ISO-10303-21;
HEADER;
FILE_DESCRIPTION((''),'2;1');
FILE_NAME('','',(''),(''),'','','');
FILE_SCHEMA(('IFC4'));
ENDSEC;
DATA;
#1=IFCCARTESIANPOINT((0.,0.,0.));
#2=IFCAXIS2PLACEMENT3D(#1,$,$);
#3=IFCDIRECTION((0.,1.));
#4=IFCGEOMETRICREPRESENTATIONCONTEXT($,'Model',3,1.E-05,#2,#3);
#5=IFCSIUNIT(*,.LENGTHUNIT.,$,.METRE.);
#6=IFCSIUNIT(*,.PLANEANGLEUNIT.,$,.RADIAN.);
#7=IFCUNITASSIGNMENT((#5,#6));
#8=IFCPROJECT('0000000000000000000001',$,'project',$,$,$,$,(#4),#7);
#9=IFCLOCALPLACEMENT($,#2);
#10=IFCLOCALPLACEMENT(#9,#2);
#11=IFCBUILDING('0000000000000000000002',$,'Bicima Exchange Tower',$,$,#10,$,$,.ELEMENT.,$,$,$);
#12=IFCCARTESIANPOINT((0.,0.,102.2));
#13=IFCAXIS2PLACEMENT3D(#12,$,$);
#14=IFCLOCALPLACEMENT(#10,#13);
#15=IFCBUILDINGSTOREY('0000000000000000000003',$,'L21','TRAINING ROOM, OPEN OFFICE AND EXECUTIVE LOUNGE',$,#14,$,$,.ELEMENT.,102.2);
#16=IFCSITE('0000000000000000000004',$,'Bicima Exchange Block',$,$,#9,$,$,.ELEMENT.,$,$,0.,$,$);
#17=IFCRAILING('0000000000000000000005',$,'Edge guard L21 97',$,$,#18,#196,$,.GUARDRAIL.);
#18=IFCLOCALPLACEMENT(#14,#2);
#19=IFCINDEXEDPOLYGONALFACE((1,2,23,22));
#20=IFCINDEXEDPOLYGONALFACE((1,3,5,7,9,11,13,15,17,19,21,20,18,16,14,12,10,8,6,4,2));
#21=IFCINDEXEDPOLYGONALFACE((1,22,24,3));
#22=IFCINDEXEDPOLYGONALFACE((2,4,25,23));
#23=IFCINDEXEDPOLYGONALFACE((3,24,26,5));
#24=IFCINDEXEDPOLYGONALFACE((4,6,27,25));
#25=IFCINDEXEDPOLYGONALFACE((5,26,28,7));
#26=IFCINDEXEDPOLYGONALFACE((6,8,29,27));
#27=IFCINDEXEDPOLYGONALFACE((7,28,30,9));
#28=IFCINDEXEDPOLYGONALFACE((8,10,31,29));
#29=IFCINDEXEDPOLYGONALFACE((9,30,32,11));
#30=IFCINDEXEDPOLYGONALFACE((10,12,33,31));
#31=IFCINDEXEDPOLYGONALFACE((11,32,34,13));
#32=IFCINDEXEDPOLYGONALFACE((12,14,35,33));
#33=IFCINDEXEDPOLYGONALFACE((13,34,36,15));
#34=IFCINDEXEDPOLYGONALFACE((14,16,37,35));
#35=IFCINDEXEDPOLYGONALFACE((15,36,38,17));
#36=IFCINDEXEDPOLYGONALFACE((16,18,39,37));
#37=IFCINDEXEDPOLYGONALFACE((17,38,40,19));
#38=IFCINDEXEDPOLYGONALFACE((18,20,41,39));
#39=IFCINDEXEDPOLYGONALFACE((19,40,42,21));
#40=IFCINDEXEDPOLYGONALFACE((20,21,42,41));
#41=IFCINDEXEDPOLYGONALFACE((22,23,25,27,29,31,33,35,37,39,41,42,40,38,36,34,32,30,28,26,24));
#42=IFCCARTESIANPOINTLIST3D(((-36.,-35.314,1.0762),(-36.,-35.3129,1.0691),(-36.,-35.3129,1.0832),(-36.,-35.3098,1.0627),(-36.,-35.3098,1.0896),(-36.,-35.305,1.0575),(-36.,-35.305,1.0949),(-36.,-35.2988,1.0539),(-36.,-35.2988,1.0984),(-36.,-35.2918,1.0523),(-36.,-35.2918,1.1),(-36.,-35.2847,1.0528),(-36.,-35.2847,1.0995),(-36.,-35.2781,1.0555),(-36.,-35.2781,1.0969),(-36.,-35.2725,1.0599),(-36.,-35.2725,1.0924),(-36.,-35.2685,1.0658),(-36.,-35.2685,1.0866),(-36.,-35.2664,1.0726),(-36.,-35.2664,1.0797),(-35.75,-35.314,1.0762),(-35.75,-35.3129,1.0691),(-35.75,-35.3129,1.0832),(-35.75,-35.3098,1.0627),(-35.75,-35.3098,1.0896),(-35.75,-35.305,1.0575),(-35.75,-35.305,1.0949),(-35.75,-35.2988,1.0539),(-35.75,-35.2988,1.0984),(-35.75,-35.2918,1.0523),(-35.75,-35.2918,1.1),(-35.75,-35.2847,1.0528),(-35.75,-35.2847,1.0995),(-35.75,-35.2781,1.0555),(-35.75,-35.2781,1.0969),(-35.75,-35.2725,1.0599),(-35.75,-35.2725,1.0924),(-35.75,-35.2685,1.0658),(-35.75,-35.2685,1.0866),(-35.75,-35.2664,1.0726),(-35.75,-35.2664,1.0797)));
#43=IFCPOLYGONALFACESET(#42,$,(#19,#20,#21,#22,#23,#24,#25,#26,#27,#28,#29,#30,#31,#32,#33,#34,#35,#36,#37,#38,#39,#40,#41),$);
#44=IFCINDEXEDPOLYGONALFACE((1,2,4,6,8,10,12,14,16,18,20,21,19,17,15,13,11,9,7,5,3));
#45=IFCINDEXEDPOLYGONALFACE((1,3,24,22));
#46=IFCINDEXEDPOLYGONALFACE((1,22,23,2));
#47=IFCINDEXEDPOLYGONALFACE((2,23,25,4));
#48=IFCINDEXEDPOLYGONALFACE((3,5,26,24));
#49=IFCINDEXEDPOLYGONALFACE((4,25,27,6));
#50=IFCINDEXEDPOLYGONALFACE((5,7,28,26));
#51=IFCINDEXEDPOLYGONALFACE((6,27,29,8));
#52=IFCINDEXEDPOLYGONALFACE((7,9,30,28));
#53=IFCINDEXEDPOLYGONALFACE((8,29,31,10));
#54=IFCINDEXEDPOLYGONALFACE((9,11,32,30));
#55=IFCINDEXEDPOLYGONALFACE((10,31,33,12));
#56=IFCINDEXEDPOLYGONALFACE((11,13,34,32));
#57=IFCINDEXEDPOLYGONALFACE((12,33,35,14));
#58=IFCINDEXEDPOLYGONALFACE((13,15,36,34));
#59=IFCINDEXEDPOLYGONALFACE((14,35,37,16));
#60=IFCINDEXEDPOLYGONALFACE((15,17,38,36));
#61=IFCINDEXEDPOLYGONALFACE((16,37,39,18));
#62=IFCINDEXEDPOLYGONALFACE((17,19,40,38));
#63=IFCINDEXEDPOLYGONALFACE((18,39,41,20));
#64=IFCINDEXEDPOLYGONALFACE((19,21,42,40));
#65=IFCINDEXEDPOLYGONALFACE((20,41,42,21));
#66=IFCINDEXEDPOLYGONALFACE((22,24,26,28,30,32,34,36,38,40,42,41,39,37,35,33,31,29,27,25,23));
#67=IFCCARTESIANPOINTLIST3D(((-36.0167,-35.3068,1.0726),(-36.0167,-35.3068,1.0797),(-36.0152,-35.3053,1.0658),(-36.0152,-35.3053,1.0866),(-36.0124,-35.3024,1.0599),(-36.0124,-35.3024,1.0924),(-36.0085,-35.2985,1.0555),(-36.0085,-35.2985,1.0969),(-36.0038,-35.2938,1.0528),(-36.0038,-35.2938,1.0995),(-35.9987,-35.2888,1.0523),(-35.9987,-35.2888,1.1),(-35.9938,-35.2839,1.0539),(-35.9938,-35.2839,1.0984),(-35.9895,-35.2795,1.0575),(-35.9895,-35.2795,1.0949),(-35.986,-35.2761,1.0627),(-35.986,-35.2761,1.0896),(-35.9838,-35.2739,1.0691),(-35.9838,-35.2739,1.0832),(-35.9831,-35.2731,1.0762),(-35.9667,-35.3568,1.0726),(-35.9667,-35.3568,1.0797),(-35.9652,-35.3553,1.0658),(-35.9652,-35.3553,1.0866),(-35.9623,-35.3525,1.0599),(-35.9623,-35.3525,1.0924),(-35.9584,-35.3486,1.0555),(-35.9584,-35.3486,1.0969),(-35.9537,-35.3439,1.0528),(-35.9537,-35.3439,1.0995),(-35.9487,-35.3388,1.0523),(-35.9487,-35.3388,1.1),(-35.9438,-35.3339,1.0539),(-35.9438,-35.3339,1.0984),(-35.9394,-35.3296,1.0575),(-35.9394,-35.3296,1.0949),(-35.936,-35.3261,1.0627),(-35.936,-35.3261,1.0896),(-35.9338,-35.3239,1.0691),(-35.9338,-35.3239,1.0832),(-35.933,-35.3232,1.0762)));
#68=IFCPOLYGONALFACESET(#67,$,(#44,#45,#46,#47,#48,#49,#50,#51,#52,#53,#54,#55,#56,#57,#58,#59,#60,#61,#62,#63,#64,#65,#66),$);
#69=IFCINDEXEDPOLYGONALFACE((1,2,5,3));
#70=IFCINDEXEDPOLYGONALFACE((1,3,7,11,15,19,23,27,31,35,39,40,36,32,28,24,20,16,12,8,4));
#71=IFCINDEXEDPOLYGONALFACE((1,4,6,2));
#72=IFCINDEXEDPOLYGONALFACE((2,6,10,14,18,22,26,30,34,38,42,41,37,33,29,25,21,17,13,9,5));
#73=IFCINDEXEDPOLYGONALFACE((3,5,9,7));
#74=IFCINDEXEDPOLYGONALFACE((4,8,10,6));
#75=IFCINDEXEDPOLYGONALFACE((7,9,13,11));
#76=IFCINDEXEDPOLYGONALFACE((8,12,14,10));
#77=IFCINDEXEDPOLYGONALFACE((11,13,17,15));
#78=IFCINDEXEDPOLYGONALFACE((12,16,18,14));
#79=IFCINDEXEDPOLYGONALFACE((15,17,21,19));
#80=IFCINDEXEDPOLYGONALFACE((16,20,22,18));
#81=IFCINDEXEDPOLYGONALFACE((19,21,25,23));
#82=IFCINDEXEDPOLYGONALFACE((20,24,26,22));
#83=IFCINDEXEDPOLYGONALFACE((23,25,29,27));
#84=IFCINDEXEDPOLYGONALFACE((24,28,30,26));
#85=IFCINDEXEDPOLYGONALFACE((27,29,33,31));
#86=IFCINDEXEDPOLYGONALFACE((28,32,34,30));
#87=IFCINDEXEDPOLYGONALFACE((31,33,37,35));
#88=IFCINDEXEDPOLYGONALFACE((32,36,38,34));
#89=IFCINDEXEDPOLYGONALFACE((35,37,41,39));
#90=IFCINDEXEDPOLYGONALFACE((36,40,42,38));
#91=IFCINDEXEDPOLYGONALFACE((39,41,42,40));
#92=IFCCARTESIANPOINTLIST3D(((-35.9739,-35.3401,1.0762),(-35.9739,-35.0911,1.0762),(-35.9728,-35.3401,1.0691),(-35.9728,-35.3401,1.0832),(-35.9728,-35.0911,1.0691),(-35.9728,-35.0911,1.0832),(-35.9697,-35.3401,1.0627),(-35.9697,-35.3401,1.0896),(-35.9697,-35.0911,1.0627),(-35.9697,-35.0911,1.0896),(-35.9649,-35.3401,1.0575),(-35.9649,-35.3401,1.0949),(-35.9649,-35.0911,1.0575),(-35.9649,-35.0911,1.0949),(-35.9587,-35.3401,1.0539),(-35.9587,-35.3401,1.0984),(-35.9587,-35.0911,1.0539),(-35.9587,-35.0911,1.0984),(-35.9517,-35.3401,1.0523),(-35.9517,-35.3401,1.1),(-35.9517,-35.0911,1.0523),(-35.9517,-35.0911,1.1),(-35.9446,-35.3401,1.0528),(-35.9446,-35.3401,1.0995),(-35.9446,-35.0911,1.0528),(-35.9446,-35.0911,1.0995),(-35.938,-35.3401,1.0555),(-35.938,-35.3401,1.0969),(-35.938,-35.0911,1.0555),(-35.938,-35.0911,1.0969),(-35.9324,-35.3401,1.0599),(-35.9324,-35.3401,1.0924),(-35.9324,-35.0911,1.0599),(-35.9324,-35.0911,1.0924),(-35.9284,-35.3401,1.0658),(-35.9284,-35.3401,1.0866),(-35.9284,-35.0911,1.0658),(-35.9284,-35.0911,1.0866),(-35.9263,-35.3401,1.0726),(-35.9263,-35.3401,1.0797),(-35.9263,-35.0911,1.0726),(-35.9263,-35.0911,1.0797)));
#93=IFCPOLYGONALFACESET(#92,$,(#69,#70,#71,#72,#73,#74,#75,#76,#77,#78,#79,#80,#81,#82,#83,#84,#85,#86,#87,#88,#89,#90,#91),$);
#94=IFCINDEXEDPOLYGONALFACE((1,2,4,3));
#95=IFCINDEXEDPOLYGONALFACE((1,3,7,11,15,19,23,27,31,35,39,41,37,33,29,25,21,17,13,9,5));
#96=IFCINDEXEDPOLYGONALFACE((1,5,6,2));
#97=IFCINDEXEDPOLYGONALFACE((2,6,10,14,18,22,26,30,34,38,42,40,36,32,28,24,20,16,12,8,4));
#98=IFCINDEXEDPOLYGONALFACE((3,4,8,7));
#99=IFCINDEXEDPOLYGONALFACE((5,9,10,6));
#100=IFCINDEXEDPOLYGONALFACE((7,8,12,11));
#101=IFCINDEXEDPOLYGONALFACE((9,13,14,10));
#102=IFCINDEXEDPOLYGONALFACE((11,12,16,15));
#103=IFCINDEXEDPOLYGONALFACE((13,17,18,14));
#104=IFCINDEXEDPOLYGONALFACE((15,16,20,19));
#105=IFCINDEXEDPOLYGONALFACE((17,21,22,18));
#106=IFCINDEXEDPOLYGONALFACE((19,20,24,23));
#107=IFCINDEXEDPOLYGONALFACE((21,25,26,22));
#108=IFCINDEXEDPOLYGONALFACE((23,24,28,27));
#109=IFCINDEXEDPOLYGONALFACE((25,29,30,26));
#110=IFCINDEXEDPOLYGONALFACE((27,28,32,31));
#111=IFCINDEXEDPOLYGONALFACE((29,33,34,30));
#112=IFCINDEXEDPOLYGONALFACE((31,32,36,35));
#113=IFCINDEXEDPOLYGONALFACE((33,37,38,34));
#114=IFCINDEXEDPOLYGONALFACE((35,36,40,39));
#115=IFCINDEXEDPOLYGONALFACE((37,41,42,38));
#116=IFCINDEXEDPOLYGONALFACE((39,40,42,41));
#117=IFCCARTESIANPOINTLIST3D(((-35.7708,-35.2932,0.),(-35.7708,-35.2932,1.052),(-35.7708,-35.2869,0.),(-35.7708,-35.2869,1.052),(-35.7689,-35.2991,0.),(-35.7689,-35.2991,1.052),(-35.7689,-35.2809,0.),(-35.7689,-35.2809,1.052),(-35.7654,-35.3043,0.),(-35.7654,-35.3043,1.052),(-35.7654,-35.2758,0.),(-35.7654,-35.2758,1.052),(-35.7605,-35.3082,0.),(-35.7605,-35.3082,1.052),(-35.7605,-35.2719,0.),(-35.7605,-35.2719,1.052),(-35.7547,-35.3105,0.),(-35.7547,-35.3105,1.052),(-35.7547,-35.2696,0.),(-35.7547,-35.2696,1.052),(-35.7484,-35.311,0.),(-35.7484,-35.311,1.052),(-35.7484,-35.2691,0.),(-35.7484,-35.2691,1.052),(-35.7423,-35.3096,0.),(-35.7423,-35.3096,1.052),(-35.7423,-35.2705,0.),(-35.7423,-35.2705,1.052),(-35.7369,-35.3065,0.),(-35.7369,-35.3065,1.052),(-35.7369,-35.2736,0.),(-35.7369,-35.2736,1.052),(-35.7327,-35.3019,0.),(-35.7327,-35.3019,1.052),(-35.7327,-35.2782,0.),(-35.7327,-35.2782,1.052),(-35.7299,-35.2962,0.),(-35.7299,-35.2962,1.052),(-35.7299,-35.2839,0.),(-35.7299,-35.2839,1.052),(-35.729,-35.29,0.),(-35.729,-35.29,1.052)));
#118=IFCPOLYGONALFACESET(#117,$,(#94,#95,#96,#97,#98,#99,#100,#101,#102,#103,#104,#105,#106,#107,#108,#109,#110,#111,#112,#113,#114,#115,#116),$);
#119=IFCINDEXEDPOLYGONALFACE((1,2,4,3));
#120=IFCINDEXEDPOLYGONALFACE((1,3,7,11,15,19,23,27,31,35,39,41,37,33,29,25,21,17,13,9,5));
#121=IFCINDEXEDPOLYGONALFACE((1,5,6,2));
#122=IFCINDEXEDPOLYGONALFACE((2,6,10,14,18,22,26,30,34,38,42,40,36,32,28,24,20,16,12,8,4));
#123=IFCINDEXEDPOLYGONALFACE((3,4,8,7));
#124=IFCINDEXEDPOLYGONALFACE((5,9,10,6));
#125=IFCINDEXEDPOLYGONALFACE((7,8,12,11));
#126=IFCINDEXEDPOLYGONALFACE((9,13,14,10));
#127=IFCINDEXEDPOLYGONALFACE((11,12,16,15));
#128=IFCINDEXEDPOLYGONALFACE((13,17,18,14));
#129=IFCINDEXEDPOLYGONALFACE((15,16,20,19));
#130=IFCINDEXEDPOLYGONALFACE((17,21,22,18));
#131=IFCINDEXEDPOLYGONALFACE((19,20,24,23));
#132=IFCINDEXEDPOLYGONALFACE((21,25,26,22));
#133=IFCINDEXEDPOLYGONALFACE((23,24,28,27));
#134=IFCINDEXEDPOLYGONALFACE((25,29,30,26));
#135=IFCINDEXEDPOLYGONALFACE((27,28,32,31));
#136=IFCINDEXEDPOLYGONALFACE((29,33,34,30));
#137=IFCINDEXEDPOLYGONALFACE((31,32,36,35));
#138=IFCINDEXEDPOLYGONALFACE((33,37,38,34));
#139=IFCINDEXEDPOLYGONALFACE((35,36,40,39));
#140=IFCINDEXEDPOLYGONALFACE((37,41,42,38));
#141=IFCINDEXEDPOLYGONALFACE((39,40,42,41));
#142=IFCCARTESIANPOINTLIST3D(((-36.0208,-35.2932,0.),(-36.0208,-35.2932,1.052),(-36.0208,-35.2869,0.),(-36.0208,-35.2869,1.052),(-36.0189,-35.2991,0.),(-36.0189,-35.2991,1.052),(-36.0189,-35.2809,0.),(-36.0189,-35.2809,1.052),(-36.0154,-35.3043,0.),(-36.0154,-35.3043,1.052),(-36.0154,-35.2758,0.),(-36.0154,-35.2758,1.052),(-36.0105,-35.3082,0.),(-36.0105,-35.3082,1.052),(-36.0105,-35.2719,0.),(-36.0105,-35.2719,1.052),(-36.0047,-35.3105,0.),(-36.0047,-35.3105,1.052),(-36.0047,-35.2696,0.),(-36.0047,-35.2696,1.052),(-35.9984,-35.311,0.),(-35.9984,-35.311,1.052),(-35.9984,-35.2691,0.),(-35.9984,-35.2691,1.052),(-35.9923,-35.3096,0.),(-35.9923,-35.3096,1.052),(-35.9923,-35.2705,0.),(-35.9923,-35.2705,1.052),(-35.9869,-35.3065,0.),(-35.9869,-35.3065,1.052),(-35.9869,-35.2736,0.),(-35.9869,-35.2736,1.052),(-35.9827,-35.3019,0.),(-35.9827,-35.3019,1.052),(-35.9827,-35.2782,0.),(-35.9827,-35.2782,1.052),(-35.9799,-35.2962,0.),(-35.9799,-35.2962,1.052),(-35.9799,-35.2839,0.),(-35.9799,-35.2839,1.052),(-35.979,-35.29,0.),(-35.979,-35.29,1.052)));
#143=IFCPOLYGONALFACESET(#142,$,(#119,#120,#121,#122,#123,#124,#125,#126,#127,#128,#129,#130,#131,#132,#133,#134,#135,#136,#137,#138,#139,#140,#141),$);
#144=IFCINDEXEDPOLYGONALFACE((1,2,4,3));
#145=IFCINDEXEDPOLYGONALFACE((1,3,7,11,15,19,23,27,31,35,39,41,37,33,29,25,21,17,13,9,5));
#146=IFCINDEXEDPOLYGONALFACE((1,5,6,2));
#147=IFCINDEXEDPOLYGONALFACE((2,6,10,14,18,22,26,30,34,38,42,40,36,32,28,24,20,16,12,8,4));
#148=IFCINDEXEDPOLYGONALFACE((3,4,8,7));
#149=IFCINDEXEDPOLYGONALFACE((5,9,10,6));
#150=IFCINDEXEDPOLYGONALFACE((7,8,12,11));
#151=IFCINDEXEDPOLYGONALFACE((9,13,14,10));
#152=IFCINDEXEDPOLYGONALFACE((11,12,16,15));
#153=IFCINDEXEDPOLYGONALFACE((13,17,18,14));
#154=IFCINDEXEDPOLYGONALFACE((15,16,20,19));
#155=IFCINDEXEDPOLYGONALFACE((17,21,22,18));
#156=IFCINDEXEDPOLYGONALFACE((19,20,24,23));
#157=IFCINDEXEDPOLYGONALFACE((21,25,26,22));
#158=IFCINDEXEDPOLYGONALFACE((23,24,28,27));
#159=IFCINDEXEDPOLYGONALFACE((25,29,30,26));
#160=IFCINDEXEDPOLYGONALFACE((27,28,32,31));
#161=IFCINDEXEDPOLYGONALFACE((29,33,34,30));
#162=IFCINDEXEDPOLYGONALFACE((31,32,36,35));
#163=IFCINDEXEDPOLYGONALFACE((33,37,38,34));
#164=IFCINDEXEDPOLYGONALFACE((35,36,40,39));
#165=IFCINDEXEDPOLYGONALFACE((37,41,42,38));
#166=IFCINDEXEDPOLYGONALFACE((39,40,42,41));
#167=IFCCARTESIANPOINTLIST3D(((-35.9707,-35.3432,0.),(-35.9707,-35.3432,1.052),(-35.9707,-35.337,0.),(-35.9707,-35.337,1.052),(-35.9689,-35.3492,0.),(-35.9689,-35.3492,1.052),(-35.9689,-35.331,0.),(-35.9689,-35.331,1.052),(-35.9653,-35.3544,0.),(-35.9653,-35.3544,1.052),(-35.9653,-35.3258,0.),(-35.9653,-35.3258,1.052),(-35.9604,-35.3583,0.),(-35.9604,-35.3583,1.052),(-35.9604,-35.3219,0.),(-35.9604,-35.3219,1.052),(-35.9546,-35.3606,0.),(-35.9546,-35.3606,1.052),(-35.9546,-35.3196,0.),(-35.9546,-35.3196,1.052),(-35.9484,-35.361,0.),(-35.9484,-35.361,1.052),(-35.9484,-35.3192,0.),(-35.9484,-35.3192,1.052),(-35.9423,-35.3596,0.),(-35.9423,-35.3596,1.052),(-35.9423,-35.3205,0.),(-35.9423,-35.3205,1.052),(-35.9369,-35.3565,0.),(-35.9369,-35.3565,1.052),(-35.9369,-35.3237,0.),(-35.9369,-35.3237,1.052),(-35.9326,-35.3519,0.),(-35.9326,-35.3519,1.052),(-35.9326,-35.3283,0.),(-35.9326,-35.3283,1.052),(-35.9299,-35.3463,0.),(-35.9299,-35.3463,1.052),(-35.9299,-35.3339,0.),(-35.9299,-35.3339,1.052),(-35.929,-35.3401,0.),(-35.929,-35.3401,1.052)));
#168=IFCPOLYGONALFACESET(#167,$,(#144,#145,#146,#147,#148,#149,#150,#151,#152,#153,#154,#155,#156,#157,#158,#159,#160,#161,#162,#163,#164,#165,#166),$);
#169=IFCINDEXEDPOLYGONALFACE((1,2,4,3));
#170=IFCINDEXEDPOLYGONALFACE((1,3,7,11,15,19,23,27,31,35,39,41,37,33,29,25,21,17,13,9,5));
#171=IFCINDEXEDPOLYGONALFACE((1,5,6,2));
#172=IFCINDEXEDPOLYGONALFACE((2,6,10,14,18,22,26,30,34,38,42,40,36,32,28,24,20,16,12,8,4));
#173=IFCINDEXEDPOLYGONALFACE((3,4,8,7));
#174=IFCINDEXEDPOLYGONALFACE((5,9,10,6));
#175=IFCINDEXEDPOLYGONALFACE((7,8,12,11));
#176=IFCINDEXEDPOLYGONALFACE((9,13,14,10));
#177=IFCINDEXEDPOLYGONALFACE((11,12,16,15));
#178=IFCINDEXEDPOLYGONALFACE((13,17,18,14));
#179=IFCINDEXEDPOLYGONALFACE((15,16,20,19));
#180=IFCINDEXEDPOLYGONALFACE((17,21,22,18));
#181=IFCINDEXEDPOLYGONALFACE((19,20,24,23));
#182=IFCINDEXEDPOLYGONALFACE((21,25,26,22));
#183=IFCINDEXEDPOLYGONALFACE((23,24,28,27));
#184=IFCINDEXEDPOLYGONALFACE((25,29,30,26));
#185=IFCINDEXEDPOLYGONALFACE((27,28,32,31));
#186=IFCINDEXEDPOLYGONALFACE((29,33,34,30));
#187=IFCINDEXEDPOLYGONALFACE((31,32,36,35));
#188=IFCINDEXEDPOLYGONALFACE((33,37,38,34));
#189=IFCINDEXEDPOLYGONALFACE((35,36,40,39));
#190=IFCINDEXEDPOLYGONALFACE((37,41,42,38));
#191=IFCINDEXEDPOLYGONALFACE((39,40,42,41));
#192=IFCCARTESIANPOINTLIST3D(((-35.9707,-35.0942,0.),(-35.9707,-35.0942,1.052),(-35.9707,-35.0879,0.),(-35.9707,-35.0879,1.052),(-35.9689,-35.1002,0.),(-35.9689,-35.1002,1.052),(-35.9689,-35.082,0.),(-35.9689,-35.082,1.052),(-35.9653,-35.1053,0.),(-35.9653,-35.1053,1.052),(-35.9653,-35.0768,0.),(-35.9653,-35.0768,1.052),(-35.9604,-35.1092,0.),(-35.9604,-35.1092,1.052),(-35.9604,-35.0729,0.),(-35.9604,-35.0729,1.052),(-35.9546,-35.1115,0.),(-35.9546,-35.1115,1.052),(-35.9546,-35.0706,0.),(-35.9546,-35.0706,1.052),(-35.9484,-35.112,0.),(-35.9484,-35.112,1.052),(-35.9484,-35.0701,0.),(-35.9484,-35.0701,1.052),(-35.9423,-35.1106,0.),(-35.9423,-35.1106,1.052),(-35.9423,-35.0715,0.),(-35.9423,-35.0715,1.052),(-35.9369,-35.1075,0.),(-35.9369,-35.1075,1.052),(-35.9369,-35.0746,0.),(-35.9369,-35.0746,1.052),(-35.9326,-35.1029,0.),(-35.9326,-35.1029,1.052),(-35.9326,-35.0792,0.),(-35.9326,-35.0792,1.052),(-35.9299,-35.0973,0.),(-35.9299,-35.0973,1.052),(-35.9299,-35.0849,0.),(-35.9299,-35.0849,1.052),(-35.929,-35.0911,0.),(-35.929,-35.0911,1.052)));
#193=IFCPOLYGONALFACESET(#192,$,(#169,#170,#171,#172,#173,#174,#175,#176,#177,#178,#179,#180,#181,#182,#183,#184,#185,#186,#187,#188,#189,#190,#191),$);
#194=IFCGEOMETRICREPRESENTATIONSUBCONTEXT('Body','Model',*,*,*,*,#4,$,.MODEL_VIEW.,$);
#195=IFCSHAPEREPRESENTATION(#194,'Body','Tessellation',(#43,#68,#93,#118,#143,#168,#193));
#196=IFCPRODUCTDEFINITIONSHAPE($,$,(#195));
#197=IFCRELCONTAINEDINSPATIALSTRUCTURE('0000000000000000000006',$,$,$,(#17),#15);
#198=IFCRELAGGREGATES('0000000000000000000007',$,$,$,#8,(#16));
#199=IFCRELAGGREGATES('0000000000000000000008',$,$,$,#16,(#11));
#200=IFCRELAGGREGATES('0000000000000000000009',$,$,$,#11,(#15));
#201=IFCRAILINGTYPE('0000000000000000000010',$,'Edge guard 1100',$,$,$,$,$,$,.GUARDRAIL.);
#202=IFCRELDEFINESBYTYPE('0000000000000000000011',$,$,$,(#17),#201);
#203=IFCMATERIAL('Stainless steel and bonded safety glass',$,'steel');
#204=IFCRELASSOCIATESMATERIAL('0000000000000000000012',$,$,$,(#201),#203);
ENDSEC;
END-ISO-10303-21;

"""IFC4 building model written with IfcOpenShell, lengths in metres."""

from ifc_helpers import new_model, si_unit, direction, frame, origin, origin_2d, place, context, subcontext, project, spatial, circle, extrude, material, type_object, element, save


model = new_model("IFC4")

# Units and contexts
model_context = context("Model", 3, precision=1e-05, world=origin(), true_north=direction((0.0, 1.0)))
body_context = subcontext(model_context, "Body", "Model", "MODEL_VIEW")
ifc_project = project(units=[si_unit("LENGTHUNIT", "METRE"), si_unit("PLANEANGLEUNIT", "RADIAN")], contexts=[model_context])

# Site, building, storey
site_placement = place(None, origin())
site = spatial("IfcSite", under=ifc_project, at=site_placement, Name="Bicima Exchange Block", CompositionType="ELEMENT", RefElevation=0.0)
building_placement = place(site_placement, origin())
building = spatial("IfcBuilding", under=site, at=building_placement, Name="Bicima Exchange Tower", CompositionType="ELEMENT")
storey_placement = place(building_placement, frame((0.0, 0.0, 102.2)))
storey = spatial("IfcBuildingStorey", under=building, at=storey_placement, Name="L21", Description="TRAINING ROOM, OPEN OFFICE AND EXECUTIVE LOUNGE", CompositionType="ELEMENT", Elevation=102.2)

# Railing
ifc_material_1 = material(Name="Stainless steel and bonded safety glass", Category="steel")
railing_type = type_object("IfcRailingType", Name="Edge guard 1100", PredefinedType="GUARDRAIL", material=ifc_material_1)
railing_1_placement = place(storey_placement, frame((-35.75, -35.29, 0.0)))
element("IfcRailing", 1, at=railing_1_placement, inside=storey, type_object=railing_type, Name="Edge guard L21 97", PredefinedType="GUARDRAIL", context=body_context, shape_type="SweptSolid", body=[
    extrude(circle(Radius=0.0239, at=origin_2d()), frame((0.0, 0.0, 1.0762), z_axis=(-1.0, 0.0, 0.0), x_axis=(0.0, -1.0, 0.0)), (0.0, 0.0, 1.0), 0.25),
    extrude(circle(Radius=0.0239, at=origin_2d()), frame((-0.25, 0.0, 1.0762), z_axis=(0.707107, -0.707107, 0.0), x_axis=(0.707107, 0.707107, 0.0)), (0.0, 0.0, 1.0), 0.0708),
    extrude(circle(Radius=0.0239, at=origin_2d()), frame((-0.2, -0.05, 1.0762), z_axis=(0.0, 1.0, 0.0), x_axis=(-1.0, 0.0, 0.0)), (0.0, 0.0, 1.0), 0.249),
    extrude(circle(Radius=0.021, at=origin_2d()), origin(), (0.0, 0.0, 1.0), 1.052),
    extrude(circle(Radius=0.021, at=origin_2d()), frame((-0.25, 0.0, 0.0)), (0.0, 0.0, 1.0), 1.052),
    extrude(circle(Radius=0.021, at=origin_2d()), frame((-0.2, -0.05, 0.0)), (0.0, 0.0, 1.0), 1.052),
    extrude(circle(Radius=0.021, at=origin_2d()), frame((-0.2, 0.199, 0.0)), (0.0, 0.0, 1.0), 1.052),
])

save(model, "model.ifc")
